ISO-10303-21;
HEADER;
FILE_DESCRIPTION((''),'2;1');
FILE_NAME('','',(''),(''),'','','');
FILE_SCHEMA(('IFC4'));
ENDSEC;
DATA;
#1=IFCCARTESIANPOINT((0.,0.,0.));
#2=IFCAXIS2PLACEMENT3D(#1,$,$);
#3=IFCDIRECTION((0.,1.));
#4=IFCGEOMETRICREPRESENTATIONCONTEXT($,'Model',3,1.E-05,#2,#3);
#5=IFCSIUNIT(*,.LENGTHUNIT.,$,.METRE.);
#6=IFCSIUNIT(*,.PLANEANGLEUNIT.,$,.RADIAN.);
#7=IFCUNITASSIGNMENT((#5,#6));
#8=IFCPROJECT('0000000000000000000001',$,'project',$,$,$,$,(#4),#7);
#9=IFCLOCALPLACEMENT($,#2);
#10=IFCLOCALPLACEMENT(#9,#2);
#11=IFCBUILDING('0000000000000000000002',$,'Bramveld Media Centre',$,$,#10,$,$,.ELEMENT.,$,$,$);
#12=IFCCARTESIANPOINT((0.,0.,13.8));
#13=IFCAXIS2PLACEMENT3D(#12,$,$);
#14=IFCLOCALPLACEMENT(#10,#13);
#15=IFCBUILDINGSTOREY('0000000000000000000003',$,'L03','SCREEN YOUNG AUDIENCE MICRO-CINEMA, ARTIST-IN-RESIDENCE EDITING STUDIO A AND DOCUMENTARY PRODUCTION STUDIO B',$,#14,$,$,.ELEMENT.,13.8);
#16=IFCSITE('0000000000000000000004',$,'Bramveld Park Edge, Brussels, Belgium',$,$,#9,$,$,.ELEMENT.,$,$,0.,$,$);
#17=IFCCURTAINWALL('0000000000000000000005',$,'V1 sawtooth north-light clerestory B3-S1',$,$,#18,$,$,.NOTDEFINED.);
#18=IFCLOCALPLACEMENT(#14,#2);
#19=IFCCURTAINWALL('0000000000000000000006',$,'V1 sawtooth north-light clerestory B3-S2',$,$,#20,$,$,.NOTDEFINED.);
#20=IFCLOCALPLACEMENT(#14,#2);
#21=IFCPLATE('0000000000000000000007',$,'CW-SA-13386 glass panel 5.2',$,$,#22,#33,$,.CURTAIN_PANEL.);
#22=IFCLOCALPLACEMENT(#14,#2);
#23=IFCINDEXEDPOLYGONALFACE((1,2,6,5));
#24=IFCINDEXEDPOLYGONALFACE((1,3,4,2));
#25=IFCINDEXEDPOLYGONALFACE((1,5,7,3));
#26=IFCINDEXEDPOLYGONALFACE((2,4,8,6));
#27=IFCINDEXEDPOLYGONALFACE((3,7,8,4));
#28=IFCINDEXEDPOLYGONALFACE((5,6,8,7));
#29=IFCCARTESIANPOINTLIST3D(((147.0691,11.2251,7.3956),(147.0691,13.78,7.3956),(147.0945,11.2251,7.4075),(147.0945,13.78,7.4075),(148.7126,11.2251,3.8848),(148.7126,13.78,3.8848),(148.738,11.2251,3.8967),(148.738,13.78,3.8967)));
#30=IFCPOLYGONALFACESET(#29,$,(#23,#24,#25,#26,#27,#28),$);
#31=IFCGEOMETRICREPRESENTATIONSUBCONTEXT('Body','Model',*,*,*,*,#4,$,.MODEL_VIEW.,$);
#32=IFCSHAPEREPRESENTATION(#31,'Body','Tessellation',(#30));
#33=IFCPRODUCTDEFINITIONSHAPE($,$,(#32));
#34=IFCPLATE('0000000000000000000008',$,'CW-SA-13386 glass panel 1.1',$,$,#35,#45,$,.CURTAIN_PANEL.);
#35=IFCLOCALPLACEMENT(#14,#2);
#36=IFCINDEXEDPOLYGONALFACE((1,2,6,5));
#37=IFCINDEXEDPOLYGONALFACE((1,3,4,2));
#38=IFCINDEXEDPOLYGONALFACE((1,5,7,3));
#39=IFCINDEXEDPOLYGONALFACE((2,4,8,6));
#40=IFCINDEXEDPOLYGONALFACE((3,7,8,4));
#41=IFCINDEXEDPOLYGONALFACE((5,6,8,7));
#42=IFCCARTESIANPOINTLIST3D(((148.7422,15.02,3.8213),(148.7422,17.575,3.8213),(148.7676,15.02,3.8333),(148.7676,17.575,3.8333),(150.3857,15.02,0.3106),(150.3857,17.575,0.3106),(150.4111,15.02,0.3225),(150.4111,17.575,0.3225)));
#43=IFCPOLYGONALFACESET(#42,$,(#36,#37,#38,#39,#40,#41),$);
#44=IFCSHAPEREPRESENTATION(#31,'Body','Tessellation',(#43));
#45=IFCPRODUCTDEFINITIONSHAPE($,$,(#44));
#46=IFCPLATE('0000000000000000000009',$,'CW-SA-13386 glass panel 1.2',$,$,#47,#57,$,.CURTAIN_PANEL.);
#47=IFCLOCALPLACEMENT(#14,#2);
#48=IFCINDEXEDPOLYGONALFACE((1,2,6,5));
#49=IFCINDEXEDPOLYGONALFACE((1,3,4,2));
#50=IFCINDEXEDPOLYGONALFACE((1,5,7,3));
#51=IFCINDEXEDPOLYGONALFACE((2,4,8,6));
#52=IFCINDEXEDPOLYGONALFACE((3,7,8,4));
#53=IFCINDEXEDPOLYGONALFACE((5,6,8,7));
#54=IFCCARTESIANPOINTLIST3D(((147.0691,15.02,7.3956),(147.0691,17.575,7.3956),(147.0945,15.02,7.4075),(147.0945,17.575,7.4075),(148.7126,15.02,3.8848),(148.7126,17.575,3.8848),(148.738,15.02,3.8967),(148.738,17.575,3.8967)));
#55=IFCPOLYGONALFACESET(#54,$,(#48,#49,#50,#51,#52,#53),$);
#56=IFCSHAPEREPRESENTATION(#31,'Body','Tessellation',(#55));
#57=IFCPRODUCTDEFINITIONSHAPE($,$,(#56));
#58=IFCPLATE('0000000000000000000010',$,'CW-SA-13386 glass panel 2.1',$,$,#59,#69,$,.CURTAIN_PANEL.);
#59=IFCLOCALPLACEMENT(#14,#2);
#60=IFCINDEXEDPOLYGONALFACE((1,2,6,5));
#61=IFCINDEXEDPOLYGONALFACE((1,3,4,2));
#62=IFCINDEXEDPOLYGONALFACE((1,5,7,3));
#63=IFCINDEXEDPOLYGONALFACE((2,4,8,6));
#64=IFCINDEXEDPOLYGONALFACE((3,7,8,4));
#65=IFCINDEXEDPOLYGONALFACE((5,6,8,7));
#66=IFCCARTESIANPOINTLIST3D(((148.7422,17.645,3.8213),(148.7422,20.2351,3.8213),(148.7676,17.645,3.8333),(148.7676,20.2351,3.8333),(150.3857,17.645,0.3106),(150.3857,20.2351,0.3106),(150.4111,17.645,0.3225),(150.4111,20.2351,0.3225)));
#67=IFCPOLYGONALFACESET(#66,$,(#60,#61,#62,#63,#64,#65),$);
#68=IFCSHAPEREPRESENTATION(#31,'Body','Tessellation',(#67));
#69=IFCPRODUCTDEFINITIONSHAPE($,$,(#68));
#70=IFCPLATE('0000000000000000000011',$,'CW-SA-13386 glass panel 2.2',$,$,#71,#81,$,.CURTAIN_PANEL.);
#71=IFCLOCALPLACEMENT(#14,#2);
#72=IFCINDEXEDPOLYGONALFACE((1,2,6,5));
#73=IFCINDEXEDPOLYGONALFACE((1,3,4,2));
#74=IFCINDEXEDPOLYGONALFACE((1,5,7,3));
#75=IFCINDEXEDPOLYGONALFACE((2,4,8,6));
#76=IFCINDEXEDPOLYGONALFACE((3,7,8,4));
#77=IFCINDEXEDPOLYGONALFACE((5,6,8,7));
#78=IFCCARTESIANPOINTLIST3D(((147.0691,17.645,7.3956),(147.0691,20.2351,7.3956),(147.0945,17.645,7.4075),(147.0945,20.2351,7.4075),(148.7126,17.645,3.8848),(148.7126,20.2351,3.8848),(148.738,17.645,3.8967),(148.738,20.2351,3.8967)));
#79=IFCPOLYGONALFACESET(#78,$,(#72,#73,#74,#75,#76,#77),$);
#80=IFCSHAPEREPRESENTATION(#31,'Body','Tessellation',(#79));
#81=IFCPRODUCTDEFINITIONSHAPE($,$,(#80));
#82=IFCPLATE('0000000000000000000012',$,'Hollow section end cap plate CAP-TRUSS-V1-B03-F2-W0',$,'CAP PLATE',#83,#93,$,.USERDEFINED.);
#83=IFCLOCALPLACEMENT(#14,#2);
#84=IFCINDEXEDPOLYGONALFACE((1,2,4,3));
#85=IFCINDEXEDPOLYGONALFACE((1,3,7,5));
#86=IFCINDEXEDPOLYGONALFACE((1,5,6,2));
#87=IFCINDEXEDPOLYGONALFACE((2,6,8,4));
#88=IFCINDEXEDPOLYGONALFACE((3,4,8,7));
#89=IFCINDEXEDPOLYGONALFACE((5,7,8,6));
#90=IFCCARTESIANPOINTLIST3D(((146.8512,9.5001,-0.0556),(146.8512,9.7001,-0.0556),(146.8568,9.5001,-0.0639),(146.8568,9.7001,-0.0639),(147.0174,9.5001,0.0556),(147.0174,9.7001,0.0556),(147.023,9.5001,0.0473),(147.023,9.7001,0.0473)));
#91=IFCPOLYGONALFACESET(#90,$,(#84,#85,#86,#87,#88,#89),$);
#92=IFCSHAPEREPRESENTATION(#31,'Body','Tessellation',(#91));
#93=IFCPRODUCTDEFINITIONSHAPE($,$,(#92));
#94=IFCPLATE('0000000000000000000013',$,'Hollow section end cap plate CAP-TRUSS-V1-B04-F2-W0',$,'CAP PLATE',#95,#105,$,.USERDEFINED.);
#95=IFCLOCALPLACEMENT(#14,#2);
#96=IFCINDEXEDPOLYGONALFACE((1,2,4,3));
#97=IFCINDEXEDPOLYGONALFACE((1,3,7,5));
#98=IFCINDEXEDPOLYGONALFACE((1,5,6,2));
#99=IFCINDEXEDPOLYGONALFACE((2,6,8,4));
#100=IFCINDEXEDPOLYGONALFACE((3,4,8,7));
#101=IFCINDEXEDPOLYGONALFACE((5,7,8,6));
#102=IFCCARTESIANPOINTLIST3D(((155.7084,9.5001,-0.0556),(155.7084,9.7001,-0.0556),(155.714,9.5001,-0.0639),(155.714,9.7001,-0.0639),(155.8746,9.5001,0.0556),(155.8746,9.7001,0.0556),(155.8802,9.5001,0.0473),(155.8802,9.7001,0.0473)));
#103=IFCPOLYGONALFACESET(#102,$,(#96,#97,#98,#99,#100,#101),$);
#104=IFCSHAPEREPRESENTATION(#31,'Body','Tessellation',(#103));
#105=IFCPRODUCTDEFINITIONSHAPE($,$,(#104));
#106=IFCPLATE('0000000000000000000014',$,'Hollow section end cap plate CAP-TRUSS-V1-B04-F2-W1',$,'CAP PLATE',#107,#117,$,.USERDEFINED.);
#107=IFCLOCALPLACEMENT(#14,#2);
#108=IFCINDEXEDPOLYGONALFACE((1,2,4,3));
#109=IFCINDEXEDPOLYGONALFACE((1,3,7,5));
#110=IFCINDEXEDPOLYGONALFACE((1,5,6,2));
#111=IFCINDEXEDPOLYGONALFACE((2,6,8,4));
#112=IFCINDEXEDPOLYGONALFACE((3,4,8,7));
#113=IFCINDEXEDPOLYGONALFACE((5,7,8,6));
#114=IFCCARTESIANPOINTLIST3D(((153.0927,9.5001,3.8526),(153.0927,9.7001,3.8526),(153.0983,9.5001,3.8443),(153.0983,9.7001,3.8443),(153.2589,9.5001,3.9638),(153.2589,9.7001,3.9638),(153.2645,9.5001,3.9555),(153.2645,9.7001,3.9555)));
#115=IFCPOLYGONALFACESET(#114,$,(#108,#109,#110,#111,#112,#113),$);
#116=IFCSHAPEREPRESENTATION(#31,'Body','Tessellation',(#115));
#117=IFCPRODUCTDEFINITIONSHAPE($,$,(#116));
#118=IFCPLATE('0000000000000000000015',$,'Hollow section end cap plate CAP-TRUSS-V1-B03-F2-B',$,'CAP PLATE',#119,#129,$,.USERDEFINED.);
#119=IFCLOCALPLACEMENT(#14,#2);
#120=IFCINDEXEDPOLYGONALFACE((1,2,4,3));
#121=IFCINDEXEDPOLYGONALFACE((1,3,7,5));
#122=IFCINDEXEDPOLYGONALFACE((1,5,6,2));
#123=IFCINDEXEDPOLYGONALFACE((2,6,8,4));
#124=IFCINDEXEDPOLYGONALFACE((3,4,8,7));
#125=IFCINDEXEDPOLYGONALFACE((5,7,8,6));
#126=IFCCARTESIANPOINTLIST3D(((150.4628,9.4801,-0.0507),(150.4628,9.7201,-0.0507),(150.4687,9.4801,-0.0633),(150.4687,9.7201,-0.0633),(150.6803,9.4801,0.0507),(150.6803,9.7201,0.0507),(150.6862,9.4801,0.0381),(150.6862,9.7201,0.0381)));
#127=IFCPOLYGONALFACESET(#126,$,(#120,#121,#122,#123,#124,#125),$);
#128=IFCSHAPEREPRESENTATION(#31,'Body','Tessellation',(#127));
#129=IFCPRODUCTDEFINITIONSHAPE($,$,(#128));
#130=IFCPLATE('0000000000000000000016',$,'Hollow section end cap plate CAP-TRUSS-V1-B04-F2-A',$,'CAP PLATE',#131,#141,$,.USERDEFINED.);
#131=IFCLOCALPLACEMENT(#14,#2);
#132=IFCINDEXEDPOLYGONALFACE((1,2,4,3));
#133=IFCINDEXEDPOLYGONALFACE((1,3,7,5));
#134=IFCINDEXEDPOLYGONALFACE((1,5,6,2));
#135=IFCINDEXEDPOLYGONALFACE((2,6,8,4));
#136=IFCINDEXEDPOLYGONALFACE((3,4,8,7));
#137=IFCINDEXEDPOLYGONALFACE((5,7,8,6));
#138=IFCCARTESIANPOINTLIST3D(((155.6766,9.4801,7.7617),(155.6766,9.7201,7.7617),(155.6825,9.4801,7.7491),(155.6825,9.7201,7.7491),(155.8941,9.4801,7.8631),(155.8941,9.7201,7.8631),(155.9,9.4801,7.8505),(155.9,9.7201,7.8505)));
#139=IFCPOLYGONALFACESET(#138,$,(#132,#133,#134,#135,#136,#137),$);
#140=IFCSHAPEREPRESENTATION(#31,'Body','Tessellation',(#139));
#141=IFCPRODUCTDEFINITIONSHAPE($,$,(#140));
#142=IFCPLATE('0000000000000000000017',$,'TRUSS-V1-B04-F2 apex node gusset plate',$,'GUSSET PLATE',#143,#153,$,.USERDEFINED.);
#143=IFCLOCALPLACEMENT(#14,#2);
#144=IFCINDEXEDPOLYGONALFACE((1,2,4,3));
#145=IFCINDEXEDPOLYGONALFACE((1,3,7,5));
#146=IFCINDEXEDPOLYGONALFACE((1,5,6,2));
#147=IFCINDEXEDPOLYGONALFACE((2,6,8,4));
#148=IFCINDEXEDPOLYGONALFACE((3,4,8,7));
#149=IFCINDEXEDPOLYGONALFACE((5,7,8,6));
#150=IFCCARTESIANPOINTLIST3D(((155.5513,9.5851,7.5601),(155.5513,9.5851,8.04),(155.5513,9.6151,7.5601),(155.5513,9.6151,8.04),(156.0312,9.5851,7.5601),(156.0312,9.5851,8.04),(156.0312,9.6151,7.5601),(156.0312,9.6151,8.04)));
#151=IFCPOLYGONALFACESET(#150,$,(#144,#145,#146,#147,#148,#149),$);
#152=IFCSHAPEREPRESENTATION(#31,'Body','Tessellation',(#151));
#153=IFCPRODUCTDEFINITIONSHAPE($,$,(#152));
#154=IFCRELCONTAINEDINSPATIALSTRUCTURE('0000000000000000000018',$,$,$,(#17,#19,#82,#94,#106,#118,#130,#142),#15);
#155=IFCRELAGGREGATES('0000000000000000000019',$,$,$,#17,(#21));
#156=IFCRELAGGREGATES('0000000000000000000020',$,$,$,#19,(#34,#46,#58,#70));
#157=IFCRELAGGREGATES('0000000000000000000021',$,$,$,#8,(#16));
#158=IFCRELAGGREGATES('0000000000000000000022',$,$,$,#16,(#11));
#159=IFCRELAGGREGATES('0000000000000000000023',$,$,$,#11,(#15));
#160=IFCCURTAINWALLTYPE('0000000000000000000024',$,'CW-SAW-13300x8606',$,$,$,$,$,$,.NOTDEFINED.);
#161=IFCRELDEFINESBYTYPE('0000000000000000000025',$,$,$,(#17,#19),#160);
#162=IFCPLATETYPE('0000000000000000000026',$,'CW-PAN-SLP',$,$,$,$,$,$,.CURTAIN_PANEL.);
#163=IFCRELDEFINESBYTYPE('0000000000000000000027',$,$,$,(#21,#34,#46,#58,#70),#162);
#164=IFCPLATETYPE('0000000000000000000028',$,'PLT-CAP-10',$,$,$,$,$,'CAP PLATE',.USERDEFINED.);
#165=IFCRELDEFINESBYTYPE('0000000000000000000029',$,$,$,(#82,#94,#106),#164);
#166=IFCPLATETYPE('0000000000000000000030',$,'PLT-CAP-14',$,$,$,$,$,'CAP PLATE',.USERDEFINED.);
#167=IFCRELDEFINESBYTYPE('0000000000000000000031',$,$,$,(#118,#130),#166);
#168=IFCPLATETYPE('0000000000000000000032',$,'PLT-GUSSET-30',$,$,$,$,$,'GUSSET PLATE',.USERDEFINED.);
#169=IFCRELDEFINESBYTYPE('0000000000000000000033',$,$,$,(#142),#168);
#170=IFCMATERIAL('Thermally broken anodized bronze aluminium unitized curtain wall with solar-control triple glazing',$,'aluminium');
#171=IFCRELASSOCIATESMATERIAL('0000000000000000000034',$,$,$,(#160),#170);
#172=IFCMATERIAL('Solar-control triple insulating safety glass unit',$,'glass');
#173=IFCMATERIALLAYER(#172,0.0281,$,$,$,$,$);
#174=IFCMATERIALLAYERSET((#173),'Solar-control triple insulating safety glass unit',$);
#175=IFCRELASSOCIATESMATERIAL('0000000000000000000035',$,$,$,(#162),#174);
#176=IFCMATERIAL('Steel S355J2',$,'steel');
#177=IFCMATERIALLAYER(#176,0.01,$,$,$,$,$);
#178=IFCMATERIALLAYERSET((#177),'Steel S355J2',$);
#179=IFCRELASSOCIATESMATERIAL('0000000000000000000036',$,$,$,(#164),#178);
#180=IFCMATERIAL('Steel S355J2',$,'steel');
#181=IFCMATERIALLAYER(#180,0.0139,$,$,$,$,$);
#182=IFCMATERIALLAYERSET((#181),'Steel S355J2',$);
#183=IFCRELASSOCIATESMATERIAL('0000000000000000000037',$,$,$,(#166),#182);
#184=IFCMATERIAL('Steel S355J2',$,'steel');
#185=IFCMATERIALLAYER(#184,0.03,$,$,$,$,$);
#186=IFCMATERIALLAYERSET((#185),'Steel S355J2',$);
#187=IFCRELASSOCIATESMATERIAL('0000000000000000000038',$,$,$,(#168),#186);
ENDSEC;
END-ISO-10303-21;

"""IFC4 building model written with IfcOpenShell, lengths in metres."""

from ifc_helpers import new_model, si_unit, direction, frame, origin, origin_2d, place, context, subcontext, project, spatial, polyline, rectangle, outline, extrude, material, layer, layer_set, type_object, element, aggregate, save


model = new_model("IFC4")

# Units and contexts
model_context = context("Model", 3, precision=1e-05, world=origin(), true_north=direction((0.0, 1.0)))
body_context = subcontext(model_context, "Body", "Model", "MODEL_VIEW")
ifc_project = project(units=[si_unit("LENGTHUNIT", "METRE"), si_unit("PLANEANGLEUNIT", "RADIAN")], contexts=[model_context])

# Site, building, storey
site_placement = place(None, origin())
site = spatial("IfcSite", under=ifc_project, at=site_placement, Name="Bramveld Park Edge, Brussels, Belgium", CompositionType="ELEMENT", RefElevation=0.0)
building_placement = place(site_placement, origin())
building = spatial("IfcBuilding", under=site, at=building_placement, Name="Bramveld Media Centre", CompositionType="ELEMENT")
storey_placement = place(building_placement, frame((0.0, 0.0, 13.8)))
storey = spatial("IfcBuildingStorey", under=building, at=storey_placement, Name="L03", Description="SCREEN YOUNG AUDIENCE MICRO-CINEMA, ARTIST-IN-RESIDENCE EDITING STUDIO A AND DOCUMENTARY PRODUCTION STUDIO B", CompositionType="ELEMENT", Elevation=13.8)

# Curtain walls
ifc_material_1 = material(Name="Thermally broken anodized bronze aluminium unitized curtain wall with solar-control triple glazing", Category="aluminium")
curtain_wall_type = type_object("IfcCurtainWallType", Name="CW-SAW-13300x8606", PredefinedType="NOTDEFINED", material=ifc_material_1)
curtain_wall_1_placement = place(storey_placement, origin())
curtain_wall_1 = element("IfcCurtainWall", 1, at=curtain_wall_1_placement, inside=storey, type_object=curtain_wall_type, Name="V1 sawtooth north-light clerestory B3-S1", PredefinedType="NOTDEFINED")
curtain_wall_2_placement = place(storey_placement, origin())
curtain_wall_2 = element("IfcCurtainWall", 2, at=curtain_wall_2_placement, inside=storey, type_object=curtain_wall_type, Name="V1 sawtooth north-light clerestory B3-S2", PredefinedType="NOTDEFINED")

# Plates
ifc_material_2 = material(Name="Solar-control triple insulating safety glass unit", Category="glass")
ifc_layer_1 = layer(ifc_material_2, 0.0281)
ifc_layer_set_1 = layer_set([ifc_layer_1], Name="Solar-control triple insulating safety glass unit")
plate_type_1 = type_object("IfcPlateType", Name="CW-PAN-SLP", PredefinedType="CURTAIN_PANEL", material=ifc_layer_set_1)
plate_1_placement = place(storey_placement, frame((148.738, 11.2251, 3.8967), z_axis=(0.905668, 0.0, 0.423988), x_axis=(0.0, 1.0, 0.0)))
plate_1 = element("IfcPlate", 3, at=plate_1_placement, type_object=plate_type_1, Name="CW-SA-13386 glass panel 5.2", PredefinedType="CURTAIN_PANEL", context=body_context, shape_type="SweptSolid", body=[
    extrude(outline(polyline([(0.0, 0.0), (2.5549, 0.0), (2.5549, 3.8764), (0.0, 3.8764), (0.0, 0.0)])), origin(), (0.0, 0.0, -1.0), 0.0281),
])
aggregate(curtain_wall_1, [plate_1])
plate_2_placement = place(storey_placement, frame((150.4111, 15.02, 0.3225), z_axis=(0.905668, 0.0, 0.423988), x_axis=(0.0, 1.0, 0.0)))
plate_2 = element("IfcPlate", 4, at=plate_2_placement, type_object=plate_type_1, Name="CW-SA-13386 glass panel 1.1", PredefinedType="CURTAIN_PANEL", context=body_context, shape_type="SweptSolid", body=[
    extrude(outline(polyline([(0.0, 0.0), (2.5549, 0.0), (2.5549, 3.8764), (0.0, 3.8764), (0.0, 0.0)])), origin(), (0.0, 0.0, -1.0), 0.0281),
])
plate_3_placement = place(storey_placement, frame((148.738, 15.02, 3.8967), z_axis=(0.905668, 0.0, 0.423988), x_axis=(0.0, 1.0, 0.0)))
plate_3 = element("IfcPlate", 5, at=plate_3_placement, type_object=plate_type_1, Name="CW-SA-13386 glass panel 1.2", PredefinedType="CURTAIN_PANEL", context=body_context, shape_type="SweptSolid", body=[
    extrude(outline(polyline([(0.0, 0.0), (2.5549, 0.0), (2.5549, 3.8764), (0.0, 3.8764), (0.0, 0.0)])), origin(), (0.0, 0.0, -1.0), 0.0281),
])
plate_4_placement = place(storey_placement, frame((150.4111, 17.645, 0.3225), z_axis=(0.905668, 0.0, 0.423988), x_axis=(0.0, 1.0, 0.0)))
plate_4 = element("IfcPlate", 6, at=plate_4_placement, type_object=plate_type_1, Name="CW-SA-13386 glass panel 2.1", PredefinedType="CURTAIN_PANEL", context=body_context, shape_type="SweptSolid", body=[
    extrude(outline(polyline([(0.0, 0.0), (2.5901, 0.0), (2.5901, 3.8764), (0.0, 3.8764), (0.0, 0.0)])), origin(), (0.0, 0.0, -1.0), 0.0281),
])
plate_5_placement = place(storey_placement, frame((148.738, 17.645, 3.8967), z_axis=(0.905668, 0.0, 0.423988), x_axis=(0.0, 1.0, 0.0)))
plate_5 = element("IfcPlate", 7, at=plate_5_placement, type_object=plate_type_1, Name="CW-SA-13386 glass panel 2.2", PredefinedType="CURTAIN_PANEL", context=body_context, shape_type="SweptSolid", body=[
    extrude(outline(polyline([(0.0, 0.0), (2.5901, 0.0), (2.5901, 3.8764), (0.0, 3.8764), (0.0, 0.0)])), origin(), (0.0, 0.0, -1.0), 0.0281),
])
aggregate(curtain_wall_2, [plate_2, plate_3, plate_4, plate_5])

# Plates
ifc_material_3 = material(Name="Steel S355J2", Category="steel")
ifc_layer_2 = layer(ifc_material_3, 0.01)
ifc_layer_set_2 = layer_set([ifc_layer_2], Name="Steel S355J2")
plate_type_2 = type_object("IfcPlateType", Name="PLT-CAP-10", ElementType="CAP PLATE", PredefinedType="USERDEFINED", material=ifc_layer_set_2)
for number, where, z_axis, x_axis, name in (
    (8, (146.9343, 9.6001, 0.0), (0.55616, 0.0, -0.831075), (0.0, 1.0, 0.0), "Hollow section end cap plate CAP-TRUSS-V1-B03-F2-W0"),
    (9, (155.7915, 9.6001, 0.0), (0.55616, 0.0, -0.831075), (0.0, 1.0, 0.0), "Hollow section end cap plate CAP-TRUSS-V1-B04-F2-W0"),
    (10, (153.1814, 9.6001, 3.8999), (-0.55616, 0.0, 0.831075), (0.0, -1.0, 0.0), "Hollow section end cap plate CAP-TRUSS-V1-B04-F2-W1"),
):
    element("IfcPlate", number, at=place(storey_placement, frame(where, z_axis=z_axis, x_axis=x_axis)), inside=storey, type_object=plate_type_2, Name=name, ObjectType="CAP PLATE", PredefinedType="USERDEFINED", context=body_context, shape_type="SweptSolid", body=[
        extrude(rectangle(XDim=0.2, YDim=0.2, at=origin_2d()), origin(), (0.0, 0.0, 1.0), 0.01),
    ])
ifc_material_4 = material(Name="Steel S355J2", Category="steel")
ifc_layer_3 = layer(ifc_material_4, 0.0139)
ifc_layer_set_3 = layer_set([ifc_layer_3], Name="Steel S355J2")
plate_type_3 = type_object("IfcPlateType", Name="PLT-CAP-14", ElementType="CAP PLATE", PredefinedType="USERDEFINED", material=ifc_layer_set_3)
for number, where, z_axis, x_axis, name in (
    (11, (150.5715, 9.6001, 0.0), (0.422618, 0.0, -0.906308), (0.0, 1.0, 0.0), "Hollow section end cap plate CAP-TRUSS-V1-B03-F2-B"),
    (12, (155.7913, 9.6001, 7.7998), (-0.422628, 0.0, 0.906303), (0.0, -1.0, 0.0), "Hollow section end cap plate CAP-TRUSS-V1-B04-F2-A"),
):
    element("IfcPlate", number, at=place(storey_placement, frame(where, z_axis=z_axis, x_axis=x_axis)), inside=storey, type_object=plate_type_3, Name=name, ObjectType="CAP PLATE", PredefinedType="USERDEFINED", context=body_context, shape_type="SweptSolid", body=[
        extrude(rectangle(XDim=0.24, YDim=0.24, at=origin_2d()), origin(), (0.0, 0.0, 1.0), 0.0139),
    ])
ifc_material_5 = material(Name="Steel S355J2", Category="steel")
ifc_layer_4 = layer(ifc_material_5, 0.03)
ifc_layer_set_4 = layer_set([ifc_layer_4], Name="Steel S355J2")
plate_type_4 = type_object("IfcPlateType", Name="PLT-GUSSET-30", ElementType="GUSSET PLATE", PredefinedType="USERDEFINED", material=ifc_layer_set_4)
plate_6_placement = place(storey_placement, frame((155.7913, 9.6001, 7.5601), z_axis=(0.0, 0.0, 1.0), x_axis=(1.0, 0.0, 0.0)))
element("IfcPlate", 13, at=plate_6_placement, inside=storey, type_object=plate_type_4, Name="TRUSS-V1-B04-F2 apex node gusset plate", ObjectType="GUSSET PLATE", PredefinedType="USERDEFINED", context=body_context, shape_type="SweptSolid", body=[
    extrude(rectangle(XDim=0.48, YDim=0.03, at=origin_2d()), origin(), (0.0, 0.0, 1.0), 0.48),
])

save(model, "model.ifc")
